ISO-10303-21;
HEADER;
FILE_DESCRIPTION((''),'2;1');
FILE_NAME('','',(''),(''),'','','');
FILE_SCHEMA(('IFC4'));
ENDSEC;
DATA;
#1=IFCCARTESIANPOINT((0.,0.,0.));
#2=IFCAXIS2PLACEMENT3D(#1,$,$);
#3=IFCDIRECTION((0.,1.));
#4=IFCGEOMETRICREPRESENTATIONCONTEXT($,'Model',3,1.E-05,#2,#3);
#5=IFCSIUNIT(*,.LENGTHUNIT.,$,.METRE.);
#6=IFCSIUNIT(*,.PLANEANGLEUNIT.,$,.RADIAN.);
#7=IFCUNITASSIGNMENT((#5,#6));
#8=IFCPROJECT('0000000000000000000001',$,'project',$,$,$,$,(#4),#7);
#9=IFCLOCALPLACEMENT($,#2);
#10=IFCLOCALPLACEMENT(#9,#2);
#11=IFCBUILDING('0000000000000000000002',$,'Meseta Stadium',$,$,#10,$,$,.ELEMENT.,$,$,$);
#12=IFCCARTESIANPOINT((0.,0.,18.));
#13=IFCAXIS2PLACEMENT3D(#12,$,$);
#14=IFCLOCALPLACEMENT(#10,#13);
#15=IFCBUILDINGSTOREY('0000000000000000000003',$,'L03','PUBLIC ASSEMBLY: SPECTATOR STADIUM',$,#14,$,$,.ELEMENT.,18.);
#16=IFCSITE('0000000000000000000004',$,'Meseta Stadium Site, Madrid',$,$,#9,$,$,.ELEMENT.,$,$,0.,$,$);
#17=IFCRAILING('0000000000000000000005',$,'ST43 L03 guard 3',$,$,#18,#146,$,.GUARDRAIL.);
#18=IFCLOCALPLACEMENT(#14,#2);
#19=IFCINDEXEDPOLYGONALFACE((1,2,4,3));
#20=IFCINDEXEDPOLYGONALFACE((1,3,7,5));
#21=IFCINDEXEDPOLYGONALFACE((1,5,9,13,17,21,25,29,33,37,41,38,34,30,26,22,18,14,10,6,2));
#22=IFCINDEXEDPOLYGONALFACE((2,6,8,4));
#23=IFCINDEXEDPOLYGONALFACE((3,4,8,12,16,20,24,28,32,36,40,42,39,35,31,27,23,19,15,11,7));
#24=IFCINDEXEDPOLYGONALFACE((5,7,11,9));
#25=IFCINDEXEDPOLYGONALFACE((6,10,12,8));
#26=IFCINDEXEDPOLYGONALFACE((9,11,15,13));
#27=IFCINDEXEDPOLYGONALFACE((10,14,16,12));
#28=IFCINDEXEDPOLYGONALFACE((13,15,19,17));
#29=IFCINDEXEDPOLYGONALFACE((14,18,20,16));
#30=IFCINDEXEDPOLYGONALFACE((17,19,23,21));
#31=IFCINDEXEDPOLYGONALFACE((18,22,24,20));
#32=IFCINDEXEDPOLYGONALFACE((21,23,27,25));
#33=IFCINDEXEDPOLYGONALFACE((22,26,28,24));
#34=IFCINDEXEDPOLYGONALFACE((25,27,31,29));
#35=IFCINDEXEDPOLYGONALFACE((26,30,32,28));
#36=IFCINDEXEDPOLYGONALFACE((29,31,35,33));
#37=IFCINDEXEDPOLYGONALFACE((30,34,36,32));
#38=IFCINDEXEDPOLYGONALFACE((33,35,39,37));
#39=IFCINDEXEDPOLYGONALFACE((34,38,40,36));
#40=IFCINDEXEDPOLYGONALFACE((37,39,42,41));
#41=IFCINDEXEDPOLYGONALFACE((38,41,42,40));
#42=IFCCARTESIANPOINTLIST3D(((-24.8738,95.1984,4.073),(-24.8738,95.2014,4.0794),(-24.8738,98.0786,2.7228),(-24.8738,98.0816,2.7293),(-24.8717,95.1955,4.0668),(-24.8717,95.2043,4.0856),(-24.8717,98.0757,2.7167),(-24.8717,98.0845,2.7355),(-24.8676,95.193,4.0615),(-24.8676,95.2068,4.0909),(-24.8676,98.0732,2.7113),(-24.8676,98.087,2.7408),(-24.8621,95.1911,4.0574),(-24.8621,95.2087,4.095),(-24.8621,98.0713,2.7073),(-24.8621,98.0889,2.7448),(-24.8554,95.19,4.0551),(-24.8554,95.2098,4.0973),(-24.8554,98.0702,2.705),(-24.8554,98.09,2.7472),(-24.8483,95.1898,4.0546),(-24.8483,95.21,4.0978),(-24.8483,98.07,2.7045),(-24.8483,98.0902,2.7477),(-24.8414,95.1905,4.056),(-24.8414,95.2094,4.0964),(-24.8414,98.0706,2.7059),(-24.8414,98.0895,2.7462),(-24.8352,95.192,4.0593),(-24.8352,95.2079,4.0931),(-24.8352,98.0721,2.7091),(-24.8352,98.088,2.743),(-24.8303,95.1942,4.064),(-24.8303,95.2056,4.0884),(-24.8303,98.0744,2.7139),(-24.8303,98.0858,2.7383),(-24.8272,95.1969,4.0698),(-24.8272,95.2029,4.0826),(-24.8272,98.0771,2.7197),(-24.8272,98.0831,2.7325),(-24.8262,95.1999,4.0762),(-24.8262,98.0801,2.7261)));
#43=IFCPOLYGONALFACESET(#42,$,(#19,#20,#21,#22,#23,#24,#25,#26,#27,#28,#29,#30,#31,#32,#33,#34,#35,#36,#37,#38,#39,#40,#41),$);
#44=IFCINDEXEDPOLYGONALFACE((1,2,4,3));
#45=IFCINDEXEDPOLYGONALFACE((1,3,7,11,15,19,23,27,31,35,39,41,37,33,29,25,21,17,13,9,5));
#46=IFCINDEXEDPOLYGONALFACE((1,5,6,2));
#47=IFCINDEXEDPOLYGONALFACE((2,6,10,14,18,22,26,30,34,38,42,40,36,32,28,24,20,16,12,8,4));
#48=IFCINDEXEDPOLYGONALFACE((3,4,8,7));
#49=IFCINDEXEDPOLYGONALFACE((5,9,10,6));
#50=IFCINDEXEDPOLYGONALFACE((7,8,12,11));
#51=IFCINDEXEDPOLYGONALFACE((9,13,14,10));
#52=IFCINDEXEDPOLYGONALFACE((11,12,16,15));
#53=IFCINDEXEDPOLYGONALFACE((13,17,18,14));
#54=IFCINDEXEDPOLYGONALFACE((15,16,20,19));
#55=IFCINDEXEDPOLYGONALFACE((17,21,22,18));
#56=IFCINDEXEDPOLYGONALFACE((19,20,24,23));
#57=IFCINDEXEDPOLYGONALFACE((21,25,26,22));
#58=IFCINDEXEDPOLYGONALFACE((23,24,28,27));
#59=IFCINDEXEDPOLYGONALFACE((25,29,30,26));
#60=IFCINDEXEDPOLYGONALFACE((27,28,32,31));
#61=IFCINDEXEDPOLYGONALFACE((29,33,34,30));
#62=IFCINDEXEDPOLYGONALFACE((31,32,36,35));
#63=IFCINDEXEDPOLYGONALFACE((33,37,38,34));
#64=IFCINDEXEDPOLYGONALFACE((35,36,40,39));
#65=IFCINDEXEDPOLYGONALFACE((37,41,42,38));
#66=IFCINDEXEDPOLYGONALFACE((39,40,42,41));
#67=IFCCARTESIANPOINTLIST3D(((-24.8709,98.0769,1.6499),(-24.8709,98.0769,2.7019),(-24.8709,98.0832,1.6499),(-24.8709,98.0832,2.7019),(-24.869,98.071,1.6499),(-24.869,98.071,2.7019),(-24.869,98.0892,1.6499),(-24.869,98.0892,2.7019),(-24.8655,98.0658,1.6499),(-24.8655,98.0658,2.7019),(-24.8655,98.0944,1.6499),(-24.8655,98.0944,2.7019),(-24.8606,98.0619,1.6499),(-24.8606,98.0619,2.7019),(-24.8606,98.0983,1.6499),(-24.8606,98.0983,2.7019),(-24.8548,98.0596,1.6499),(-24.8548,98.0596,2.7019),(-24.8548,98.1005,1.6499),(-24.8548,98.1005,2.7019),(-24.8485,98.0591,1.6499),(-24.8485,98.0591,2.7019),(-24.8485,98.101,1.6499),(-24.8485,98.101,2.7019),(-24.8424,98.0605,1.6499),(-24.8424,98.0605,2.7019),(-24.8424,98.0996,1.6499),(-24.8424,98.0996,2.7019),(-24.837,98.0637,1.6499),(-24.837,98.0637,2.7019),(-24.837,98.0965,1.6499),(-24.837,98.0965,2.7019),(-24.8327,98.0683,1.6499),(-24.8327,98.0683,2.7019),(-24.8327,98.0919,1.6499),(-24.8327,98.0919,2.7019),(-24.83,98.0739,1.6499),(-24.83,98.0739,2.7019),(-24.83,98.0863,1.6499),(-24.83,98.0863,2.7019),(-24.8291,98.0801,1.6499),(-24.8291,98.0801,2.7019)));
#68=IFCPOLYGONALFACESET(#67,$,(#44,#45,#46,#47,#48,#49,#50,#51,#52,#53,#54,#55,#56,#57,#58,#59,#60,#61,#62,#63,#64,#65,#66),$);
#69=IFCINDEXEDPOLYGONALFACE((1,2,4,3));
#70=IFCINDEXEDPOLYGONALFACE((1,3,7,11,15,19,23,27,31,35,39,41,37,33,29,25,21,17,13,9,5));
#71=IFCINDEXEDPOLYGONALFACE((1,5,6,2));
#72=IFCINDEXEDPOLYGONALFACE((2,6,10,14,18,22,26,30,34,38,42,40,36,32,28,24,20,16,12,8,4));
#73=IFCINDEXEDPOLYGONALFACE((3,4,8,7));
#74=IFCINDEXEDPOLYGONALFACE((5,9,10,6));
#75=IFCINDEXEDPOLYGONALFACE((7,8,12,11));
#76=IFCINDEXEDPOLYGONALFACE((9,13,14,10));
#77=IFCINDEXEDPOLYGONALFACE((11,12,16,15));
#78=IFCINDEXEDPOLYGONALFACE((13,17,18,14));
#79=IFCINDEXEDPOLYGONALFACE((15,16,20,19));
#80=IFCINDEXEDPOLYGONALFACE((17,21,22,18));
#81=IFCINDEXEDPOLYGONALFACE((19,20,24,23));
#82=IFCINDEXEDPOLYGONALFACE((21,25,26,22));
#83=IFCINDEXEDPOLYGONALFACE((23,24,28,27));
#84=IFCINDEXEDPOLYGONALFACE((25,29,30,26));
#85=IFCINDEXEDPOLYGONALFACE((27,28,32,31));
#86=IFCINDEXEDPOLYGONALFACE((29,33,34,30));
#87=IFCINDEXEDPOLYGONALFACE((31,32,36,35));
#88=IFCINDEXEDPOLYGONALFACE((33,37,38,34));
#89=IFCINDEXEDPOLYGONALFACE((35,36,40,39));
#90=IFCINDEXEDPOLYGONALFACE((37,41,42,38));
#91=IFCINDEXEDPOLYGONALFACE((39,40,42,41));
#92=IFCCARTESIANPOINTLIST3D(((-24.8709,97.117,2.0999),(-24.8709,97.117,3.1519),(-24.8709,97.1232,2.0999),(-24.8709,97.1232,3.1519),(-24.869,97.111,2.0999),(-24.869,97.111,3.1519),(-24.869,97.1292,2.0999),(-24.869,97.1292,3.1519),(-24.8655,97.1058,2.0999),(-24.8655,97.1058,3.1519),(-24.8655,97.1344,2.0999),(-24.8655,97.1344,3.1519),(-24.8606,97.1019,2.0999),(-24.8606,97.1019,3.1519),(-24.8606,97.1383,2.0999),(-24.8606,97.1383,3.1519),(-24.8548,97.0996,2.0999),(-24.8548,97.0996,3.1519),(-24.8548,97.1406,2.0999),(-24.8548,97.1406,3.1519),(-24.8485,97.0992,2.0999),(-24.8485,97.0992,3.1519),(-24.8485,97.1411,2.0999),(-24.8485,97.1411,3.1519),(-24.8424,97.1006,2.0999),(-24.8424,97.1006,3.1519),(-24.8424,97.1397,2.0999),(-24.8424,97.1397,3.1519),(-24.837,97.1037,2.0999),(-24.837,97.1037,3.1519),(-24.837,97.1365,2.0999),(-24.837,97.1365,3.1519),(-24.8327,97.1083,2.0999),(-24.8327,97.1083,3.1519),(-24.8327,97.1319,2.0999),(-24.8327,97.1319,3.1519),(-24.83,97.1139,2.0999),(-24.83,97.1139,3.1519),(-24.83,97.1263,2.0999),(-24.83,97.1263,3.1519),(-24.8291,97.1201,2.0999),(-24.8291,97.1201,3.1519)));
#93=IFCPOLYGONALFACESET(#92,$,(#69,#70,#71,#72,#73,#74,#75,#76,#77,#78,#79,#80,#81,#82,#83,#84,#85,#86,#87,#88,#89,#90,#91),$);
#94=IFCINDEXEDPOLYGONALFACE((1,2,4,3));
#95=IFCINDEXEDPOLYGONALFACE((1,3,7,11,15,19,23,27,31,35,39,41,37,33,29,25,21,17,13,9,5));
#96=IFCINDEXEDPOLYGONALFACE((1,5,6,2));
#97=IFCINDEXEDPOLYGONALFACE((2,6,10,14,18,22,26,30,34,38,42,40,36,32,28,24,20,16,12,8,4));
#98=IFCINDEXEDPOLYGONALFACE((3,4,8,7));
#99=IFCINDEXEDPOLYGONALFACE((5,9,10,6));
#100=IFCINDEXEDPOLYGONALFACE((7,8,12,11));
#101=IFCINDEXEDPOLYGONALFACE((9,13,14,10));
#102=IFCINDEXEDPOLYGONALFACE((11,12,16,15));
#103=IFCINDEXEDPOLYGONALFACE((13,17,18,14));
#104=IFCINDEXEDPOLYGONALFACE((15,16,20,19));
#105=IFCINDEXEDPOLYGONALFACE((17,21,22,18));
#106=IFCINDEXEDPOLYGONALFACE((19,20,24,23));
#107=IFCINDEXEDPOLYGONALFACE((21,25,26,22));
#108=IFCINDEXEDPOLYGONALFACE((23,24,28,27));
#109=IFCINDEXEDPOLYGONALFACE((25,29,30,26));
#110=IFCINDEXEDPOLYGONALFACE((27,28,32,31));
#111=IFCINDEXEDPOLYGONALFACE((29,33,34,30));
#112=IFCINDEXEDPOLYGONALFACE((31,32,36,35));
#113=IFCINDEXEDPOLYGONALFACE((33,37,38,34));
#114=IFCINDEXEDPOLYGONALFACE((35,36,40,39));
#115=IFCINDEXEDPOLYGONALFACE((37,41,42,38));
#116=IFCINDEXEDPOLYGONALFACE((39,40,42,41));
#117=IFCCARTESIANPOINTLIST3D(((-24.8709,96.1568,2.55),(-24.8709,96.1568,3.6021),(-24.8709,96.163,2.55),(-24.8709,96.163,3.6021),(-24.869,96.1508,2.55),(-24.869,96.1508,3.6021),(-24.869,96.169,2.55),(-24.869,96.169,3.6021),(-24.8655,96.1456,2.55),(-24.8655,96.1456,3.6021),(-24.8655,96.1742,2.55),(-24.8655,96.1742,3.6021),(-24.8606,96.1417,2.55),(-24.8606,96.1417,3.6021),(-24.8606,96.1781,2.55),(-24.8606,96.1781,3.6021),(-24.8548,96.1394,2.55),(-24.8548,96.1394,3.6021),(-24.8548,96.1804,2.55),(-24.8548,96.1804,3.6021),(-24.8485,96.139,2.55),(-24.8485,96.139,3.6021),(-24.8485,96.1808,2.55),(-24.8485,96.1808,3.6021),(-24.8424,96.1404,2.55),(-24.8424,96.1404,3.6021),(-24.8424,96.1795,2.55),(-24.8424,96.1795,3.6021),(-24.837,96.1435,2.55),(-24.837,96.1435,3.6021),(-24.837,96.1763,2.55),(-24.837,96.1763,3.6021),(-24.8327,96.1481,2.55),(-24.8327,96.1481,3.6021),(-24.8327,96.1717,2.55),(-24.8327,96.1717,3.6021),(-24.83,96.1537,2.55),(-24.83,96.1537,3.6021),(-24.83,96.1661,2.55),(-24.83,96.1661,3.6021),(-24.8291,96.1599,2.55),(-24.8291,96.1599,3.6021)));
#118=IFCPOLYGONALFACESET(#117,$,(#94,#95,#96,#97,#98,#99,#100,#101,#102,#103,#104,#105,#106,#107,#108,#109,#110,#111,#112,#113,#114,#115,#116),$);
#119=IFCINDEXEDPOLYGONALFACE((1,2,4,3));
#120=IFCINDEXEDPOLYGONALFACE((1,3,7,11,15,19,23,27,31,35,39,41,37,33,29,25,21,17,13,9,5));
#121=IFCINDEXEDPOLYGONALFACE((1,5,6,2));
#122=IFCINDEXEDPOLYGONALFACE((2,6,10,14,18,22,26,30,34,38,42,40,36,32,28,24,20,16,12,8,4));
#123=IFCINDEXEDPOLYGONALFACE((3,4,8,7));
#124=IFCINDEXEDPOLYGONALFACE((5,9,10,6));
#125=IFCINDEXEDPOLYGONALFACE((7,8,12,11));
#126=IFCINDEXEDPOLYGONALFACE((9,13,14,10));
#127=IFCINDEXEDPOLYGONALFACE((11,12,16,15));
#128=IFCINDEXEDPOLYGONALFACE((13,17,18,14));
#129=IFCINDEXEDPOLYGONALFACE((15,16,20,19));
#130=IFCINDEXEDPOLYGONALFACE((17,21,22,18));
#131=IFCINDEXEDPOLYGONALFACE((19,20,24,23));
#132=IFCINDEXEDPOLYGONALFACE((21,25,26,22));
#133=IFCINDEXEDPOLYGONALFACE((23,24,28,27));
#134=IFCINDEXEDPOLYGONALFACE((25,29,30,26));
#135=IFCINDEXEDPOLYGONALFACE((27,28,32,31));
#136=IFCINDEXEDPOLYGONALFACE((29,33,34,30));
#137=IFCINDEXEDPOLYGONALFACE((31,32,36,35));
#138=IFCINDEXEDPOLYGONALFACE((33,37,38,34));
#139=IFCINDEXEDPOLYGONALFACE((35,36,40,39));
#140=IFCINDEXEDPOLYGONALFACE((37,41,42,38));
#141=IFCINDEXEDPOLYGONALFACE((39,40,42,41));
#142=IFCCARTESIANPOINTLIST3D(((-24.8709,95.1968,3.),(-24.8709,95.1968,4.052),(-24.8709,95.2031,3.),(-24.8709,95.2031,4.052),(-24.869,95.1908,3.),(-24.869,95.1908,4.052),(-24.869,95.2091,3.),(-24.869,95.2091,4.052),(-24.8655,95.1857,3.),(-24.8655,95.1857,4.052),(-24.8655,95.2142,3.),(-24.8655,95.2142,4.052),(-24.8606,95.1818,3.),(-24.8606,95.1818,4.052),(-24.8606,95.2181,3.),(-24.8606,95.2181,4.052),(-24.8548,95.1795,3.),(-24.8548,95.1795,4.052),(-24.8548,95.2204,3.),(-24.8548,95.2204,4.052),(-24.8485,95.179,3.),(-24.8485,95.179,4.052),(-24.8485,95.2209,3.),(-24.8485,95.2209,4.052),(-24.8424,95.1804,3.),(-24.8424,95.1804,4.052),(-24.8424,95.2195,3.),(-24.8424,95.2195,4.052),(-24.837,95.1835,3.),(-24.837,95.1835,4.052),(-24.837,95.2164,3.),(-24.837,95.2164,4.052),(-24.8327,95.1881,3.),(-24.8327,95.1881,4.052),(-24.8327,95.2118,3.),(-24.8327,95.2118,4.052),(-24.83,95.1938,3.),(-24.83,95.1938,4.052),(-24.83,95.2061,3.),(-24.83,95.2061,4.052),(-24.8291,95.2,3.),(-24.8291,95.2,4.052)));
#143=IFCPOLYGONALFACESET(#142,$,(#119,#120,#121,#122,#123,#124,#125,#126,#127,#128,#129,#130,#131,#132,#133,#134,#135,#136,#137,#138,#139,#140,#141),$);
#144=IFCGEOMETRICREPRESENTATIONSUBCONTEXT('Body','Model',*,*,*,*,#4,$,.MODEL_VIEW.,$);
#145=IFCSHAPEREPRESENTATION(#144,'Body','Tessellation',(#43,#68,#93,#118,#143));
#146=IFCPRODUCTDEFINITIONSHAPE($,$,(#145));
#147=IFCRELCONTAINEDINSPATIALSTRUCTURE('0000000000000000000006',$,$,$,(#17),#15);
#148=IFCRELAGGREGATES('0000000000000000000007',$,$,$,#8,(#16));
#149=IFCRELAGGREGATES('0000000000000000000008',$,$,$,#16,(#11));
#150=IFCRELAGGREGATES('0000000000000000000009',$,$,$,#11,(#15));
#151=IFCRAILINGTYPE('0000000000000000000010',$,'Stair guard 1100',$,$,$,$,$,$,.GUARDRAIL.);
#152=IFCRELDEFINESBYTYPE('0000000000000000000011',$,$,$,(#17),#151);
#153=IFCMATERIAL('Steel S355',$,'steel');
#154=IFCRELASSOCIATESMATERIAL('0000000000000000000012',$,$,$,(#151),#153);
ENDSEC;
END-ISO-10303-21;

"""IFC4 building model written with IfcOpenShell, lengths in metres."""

from ifc_helpers import new_model, si_unit, direction, frame, origin, origin_2d, place, context, subcontext, project, spatial, circle, extrude, material, type_object, element, save


model = new_model("IFC4")

# Units and contexts
model_context = context("Model", 3, precision=1e-05, world=origin(), true_north=direction((0.0, 1.0)))
body_context = subcontext(model_context, "Body", "Model", "MODEL_VIEW")
ifc_project = project(units=[si_unit("LENGTHUNIT", "METRE"), si_unit("PLANEANGLEUNIT", "RADIAN")], contexts=[model_context])

# Site, building, storey
site_placement = place(None, origin())
site = spatial("IfcSite", under=ifc_project, at=site_placement, Name="Meseta Stadium Site, Madrid", CompositionType="ELEMENT", RefElevation=0.0)
building_placement = place(site_placement, origin())
building = spatial("IfcBuilding", under=site, at=building_placement, Name="Meseta Stadium", CompositionType="ELEMENT")
storey_placement = place(building_placement, frame((0.0, 0.0, 18.0)))
storey = spatial("IfcBuildingStorey", under=building, at=storey_placement, Name="L03", Description="PUBLIC ASSEMBLY: SPECTATOR STADIUM", CompositionType="ELEMENT", Elevation=18.0)

# Railing
ifc_material_1 = material(Name="Steel S355", Category="steel")
railing_type_1 = type_object("IfcRailingType", Name="Stair guard 1100", PredefinedType="GUARDRAIL", material=ifc_material_1)
railing_1_placement = place(storey_placement, frame((-24.8501, 98.0801, 1.6499)))
element("IfcRailing", 1, at=railing_1_placement, inside=storey, type_object=railing_type_1, Name="ST43 L03 guard 3", PredefinedType="GUARDRAIL", context=body_context, shape_type="SweptSolid", body=[
    extrude(circle(Radius=0.0239, at=origin_2d()), frame((0.0, 0.0, 1.0762), z_axis=(0.0, -0.905454, 0.424444), x_axis=(1.0, 0.0, 0.0)), (0.0, 0.0, 1.0), 3.1809),
    extrude(circle(Radius=0.021, at=origin_2d()), origin(), (0.0, 0.0, 1.0), 1.052),
    extrude(circle(Radius=0.021, at=origin_2d()), frame((0.0, -0.96, 0.45)), (0.0, 0.0, 1.0), 1.052),
    extrude(circle(Radius=0.021, at=origin_2d()), frame((0.0, -1.9202, 0.9001)), (0.0, 0.0, 1.0), 1.052),
    extrude(circle(Radius=0.021, at=origin_2d()), frame((0.0, -2.8801, 1.3501)), (0.0, 0.0, 1.0), 1.052),
])

save(model, "model.ifc")
